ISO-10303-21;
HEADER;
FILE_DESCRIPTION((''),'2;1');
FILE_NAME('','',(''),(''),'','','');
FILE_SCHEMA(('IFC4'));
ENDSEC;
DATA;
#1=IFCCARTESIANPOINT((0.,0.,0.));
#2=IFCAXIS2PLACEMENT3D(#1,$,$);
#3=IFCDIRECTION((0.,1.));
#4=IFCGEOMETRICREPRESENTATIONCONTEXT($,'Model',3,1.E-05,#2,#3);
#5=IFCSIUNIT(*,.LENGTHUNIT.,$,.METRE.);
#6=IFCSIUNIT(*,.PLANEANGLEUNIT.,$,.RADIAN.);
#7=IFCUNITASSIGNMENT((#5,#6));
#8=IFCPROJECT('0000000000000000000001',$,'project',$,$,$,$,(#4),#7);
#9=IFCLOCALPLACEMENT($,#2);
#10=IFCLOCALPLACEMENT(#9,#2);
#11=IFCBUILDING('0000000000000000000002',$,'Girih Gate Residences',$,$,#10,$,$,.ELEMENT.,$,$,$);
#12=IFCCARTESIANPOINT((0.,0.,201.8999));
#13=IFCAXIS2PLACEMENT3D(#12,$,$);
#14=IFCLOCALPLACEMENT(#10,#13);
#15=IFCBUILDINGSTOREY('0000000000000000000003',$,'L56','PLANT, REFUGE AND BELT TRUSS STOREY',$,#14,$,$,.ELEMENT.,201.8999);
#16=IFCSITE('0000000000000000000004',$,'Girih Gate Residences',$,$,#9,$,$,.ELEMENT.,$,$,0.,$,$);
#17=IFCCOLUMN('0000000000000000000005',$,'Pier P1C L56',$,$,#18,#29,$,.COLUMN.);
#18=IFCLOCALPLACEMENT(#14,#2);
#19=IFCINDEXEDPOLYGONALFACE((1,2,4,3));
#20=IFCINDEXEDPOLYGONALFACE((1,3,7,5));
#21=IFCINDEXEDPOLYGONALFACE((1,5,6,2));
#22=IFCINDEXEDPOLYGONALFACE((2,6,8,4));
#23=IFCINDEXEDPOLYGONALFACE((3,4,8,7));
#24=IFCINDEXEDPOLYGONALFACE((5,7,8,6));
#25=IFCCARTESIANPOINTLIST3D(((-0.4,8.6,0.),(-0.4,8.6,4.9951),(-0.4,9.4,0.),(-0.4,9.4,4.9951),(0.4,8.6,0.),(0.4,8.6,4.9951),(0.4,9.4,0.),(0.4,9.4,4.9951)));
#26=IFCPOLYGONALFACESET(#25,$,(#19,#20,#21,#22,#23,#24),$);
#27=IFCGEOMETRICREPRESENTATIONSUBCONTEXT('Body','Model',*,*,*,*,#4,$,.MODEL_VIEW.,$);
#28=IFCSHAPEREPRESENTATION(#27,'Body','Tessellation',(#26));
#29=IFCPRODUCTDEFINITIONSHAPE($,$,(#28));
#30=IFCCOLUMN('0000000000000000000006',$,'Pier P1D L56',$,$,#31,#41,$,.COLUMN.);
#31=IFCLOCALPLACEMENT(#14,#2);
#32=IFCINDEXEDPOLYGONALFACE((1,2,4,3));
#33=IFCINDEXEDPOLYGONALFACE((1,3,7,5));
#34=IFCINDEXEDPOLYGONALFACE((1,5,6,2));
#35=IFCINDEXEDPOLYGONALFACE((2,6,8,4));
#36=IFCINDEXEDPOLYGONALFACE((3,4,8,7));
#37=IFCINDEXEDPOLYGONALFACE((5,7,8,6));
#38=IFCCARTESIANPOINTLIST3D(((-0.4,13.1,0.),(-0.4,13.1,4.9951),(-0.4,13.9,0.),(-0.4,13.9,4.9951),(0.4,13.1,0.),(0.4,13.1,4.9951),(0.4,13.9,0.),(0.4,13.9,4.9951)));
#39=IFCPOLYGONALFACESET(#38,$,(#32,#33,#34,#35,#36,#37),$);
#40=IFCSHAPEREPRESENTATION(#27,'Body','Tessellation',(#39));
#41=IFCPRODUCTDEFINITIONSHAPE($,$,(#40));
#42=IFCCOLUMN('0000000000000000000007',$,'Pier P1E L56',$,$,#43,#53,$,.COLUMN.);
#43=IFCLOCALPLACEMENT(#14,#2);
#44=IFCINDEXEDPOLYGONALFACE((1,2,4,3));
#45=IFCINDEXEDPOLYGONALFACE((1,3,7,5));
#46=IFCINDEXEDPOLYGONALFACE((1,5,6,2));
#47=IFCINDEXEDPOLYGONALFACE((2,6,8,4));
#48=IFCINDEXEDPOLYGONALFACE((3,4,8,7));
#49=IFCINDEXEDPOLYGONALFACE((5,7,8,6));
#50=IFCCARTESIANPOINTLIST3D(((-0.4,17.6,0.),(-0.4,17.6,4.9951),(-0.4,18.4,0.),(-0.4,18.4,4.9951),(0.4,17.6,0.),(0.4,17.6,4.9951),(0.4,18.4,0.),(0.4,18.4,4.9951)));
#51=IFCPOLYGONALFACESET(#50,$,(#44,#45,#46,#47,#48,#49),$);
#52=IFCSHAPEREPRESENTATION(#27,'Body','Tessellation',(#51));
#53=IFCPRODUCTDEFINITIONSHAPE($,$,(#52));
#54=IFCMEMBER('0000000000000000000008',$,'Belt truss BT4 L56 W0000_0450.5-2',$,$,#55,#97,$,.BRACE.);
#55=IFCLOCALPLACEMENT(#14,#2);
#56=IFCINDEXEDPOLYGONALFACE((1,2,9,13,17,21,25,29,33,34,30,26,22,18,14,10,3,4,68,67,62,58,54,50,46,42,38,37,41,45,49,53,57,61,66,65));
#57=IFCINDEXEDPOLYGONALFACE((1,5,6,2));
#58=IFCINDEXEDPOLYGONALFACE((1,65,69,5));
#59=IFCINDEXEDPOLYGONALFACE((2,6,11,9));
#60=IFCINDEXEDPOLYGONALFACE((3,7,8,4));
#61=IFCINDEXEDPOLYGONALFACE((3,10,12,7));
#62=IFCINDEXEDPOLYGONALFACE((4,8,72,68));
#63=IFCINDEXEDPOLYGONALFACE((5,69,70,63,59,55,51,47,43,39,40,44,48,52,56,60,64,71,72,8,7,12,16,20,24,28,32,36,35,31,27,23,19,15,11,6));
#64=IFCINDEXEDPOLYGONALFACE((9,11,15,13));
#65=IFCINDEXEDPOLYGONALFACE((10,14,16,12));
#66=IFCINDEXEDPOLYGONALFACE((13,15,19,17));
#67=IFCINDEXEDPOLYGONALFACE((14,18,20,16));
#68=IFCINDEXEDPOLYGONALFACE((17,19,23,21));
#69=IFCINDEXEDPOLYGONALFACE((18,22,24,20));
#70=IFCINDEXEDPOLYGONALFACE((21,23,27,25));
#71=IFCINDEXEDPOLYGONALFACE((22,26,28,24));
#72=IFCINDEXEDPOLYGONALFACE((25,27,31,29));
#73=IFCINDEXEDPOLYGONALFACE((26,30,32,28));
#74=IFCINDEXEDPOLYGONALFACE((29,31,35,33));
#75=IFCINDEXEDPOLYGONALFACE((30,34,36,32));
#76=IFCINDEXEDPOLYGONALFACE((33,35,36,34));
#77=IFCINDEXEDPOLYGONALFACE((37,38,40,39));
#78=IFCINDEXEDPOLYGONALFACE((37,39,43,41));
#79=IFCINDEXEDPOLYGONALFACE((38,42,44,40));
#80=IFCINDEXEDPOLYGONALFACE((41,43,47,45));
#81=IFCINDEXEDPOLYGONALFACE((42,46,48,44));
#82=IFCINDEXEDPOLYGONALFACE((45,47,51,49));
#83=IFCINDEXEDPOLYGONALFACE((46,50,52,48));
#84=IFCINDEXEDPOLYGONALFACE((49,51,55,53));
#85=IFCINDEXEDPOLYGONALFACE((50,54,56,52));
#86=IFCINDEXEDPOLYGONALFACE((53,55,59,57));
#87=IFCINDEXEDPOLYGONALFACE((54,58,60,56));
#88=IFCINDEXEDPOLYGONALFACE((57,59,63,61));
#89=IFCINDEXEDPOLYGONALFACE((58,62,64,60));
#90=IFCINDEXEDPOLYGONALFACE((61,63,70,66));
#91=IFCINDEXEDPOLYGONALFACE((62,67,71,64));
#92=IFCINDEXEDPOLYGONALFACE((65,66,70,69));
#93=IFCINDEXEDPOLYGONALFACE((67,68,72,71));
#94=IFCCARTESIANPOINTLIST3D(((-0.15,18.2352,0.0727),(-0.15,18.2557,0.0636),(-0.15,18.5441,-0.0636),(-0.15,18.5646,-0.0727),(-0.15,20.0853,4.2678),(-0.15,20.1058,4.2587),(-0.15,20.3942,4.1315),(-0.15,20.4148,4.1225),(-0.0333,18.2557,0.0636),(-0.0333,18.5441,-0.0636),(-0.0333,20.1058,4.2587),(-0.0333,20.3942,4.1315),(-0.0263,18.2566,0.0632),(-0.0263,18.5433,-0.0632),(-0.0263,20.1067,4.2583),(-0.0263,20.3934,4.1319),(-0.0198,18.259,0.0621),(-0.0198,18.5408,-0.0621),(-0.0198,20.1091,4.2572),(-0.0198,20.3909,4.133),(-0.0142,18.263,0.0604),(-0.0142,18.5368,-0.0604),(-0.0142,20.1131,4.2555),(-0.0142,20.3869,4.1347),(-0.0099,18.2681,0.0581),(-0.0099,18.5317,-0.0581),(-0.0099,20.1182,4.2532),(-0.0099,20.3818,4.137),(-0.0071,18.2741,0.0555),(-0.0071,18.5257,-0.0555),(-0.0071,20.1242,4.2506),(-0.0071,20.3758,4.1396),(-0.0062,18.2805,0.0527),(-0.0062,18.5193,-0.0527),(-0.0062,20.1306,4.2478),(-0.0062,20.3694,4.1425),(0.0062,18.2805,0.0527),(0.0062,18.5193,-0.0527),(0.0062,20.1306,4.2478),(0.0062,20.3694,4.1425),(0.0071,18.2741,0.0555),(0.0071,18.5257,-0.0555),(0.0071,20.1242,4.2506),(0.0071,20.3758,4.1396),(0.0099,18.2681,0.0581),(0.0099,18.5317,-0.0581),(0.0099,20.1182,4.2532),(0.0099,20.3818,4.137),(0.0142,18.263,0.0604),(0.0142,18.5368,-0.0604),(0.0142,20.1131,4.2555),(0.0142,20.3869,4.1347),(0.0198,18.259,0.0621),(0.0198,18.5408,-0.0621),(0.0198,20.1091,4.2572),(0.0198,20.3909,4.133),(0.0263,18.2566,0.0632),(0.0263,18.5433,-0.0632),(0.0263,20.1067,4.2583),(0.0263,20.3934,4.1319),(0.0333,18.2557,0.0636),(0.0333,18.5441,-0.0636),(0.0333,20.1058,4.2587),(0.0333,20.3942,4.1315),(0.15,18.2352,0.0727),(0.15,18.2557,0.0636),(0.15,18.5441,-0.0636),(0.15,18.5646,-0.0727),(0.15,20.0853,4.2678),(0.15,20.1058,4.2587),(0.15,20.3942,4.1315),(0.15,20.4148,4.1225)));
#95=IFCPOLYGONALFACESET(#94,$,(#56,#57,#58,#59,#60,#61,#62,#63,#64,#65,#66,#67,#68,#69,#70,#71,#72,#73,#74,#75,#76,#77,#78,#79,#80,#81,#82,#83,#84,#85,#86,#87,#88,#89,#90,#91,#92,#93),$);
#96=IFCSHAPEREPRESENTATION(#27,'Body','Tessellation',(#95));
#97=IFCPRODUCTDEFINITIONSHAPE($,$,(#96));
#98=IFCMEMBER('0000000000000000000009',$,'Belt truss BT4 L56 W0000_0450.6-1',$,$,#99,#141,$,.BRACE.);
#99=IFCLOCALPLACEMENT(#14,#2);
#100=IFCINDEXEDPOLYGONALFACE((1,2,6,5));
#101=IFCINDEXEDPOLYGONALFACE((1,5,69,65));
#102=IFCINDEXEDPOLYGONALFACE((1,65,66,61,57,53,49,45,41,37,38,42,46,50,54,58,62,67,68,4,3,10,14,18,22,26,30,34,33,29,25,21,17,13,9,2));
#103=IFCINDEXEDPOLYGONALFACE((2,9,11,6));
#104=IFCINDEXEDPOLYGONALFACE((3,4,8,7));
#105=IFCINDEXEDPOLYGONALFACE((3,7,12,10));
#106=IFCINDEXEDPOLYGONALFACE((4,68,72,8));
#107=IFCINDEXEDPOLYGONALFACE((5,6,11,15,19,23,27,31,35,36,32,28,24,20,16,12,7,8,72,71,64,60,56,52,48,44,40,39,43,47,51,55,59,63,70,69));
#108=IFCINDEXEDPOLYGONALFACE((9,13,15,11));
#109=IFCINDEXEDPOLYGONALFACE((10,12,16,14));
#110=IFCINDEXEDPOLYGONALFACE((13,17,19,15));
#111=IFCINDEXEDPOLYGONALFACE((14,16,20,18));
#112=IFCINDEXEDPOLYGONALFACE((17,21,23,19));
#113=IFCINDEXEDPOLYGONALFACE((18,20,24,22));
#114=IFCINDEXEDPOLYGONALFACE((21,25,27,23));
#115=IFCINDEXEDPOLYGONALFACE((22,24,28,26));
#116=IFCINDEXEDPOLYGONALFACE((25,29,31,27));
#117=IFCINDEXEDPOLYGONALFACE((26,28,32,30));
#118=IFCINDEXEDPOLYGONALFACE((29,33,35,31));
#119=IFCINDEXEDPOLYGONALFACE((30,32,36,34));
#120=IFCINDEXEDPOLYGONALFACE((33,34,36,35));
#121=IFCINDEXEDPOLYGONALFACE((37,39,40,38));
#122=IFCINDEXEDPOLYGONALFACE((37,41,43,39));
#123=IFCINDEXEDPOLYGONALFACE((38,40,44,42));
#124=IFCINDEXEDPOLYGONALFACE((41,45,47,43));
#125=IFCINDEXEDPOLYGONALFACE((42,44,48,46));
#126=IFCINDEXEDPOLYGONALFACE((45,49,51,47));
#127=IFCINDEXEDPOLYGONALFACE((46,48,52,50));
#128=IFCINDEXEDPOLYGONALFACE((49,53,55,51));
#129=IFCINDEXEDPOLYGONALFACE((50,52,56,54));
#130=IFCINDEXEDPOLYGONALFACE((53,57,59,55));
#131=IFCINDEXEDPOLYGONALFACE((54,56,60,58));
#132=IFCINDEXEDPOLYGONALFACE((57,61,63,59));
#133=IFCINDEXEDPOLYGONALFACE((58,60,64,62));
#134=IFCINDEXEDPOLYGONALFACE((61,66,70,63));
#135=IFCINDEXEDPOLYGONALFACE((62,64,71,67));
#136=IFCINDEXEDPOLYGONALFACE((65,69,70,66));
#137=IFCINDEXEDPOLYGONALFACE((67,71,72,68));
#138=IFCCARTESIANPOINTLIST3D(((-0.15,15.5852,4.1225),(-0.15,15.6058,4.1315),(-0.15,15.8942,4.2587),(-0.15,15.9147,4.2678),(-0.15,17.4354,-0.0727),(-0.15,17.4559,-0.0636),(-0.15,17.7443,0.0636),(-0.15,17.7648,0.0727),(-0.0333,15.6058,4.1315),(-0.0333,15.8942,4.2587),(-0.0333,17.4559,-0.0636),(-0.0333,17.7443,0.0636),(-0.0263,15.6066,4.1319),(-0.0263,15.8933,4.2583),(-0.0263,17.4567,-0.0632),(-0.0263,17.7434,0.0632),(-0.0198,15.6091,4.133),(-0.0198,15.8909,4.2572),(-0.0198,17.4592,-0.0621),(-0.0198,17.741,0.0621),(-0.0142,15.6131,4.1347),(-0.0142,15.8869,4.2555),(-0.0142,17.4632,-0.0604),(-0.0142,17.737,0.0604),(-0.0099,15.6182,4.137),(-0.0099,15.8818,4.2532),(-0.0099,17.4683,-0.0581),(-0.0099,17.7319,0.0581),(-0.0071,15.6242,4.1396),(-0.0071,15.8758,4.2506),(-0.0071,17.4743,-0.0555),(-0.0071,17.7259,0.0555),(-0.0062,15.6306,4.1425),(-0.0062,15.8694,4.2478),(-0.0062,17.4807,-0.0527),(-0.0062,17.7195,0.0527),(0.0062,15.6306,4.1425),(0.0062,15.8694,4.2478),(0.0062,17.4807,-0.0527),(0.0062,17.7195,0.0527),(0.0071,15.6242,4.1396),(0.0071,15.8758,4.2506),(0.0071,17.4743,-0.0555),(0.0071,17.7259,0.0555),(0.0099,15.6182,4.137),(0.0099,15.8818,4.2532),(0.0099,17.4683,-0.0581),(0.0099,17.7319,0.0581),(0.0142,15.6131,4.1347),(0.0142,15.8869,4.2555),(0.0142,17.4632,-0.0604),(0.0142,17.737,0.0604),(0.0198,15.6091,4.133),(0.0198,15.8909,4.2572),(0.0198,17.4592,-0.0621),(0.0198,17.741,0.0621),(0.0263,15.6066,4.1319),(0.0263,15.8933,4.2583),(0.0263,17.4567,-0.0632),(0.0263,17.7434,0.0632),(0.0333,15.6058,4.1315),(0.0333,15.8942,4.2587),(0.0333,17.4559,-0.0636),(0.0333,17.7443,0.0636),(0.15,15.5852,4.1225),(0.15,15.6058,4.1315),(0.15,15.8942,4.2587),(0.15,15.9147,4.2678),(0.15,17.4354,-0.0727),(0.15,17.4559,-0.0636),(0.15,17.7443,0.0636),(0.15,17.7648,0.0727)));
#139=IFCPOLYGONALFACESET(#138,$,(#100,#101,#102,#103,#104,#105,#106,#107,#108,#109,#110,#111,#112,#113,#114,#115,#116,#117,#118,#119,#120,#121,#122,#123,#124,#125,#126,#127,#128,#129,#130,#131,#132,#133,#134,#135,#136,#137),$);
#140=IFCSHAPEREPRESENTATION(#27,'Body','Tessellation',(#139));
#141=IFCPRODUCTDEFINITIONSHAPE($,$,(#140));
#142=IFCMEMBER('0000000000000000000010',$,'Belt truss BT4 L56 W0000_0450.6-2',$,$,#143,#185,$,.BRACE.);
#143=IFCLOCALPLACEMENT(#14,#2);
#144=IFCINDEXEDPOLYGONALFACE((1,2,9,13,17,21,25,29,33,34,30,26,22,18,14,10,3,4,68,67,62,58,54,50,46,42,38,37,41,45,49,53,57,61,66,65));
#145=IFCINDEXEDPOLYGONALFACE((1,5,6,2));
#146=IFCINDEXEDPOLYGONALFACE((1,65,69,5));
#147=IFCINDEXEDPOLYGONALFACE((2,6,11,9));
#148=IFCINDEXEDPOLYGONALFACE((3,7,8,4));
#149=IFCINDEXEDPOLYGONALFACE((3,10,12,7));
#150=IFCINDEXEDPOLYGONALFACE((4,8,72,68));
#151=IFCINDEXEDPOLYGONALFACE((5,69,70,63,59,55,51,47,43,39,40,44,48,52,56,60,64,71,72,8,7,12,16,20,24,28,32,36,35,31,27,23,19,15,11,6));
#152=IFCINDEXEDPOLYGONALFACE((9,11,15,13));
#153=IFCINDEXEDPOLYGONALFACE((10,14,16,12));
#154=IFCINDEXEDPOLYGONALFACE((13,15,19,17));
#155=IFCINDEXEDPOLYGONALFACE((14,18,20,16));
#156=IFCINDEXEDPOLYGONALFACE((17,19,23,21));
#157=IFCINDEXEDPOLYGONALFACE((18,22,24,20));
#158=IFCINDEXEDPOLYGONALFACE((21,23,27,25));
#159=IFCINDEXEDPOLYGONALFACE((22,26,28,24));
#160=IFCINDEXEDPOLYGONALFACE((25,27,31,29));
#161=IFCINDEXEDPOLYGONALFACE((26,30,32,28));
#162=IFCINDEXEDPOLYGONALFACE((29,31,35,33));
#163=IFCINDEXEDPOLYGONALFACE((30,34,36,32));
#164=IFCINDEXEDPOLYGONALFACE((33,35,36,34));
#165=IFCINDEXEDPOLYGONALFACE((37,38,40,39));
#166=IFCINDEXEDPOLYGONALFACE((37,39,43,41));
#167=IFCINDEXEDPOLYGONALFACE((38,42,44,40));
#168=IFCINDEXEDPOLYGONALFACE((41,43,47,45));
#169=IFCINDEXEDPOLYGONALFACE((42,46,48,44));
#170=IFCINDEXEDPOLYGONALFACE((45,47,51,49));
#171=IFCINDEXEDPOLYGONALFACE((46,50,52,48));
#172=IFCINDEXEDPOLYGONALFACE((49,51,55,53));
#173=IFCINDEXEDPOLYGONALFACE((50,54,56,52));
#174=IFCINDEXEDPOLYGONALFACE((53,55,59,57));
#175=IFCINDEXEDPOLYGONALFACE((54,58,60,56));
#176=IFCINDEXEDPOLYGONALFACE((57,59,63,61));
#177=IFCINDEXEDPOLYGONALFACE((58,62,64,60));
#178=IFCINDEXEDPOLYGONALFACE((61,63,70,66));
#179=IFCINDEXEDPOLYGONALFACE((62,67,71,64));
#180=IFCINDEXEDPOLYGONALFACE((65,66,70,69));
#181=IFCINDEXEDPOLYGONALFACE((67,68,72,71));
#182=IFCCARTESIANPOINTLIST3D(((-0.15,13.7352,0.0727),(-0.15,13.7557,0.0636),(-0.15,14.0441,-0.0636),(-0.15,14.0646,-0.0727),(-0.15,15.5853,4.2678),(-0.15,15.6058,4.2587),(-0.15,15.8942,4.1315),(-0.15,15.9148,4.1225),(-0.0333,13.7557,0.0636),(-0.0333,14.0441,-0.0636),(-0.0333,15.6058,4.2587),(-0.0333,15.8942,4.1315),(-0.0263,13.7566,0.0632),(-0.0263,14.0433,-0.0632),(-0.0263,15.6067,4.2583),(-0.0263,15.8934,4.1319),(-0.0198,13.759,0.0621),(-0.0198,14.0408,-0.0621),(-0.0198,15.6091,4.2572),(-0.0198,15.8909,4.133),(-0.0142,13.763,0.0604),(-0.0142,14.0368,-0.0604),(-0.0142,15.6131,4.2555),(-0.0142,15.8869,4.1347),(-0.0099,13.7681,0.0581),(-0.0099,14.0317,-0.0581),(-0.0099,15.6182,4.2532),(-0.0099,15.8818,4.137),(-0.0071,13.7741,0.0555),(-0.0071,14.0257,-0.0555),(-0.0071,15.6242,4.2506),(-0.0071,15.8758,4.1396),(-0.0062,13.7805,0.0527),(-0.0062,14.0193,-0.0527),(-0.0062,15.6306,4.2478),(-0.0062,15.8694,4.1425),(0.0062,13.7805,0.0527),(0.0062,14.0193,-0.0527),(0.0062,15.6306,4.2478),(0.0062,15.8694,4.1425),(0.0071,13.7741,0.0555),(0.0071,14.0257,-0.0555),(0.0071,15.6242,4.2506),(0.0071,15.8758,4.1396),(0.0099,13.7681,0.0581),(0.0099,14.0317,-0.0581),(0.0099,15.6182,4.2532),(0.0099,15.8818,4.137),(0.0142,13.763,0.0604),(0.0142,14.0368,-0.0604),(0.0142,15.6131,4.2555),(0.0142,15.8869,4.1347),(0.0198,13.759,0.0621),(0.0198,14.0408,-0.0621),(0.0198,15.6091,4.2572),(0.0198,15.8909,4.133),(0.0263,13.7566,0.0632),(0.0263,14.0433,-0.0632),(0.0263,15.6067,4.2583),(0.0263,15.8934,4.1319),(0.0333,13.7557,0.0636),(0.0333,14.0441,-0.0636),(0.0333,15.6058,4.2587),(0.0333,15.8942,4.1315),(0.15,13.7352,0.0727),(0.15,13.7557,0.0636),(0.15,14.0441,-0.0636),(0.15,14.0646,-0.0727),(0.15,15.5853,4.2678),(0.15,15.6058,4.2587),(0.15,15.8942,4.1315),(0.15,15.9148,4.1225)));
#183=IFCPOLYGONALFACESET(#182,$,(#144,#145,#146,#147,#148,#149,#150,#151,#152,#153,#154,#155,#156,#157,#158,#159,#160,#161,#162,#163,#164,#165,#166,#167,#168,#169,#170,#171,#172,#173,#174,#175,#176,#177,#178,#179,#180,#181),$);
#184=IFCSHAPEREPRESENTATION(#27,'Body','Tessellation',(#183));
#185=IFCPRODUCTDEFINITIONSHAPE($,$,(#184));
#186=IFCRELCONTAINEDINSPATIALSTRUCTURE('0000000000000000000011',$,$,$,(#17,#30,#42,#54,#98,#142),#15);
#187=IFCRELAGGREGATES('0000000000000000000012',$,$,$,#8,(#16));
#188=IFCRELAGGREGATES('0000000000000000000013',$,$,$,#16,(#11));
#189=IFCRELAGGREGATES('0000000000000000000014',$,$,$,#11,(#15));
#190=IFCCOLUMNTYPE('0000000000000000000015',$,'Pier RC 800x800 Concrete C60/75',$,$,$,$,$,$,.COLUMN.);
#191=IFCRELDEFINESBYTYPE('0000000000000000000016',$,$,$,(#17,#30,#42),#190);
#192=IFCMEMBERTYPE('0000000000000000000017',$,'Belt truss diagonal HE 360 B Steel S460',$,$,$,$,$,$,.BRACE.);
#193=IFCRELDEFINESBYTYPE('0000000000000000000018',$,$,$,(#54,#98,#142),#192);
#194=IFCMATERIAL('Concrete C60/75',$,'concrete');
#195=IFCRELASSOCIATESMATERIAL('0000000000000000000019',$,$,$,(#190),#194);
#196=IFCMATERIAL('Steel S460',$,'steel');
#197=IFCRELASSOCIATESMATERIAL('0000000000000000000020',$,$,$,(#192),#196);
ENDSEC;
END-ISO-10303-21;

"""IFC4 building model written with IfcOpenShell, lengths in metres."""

from ifc_helpers import new_model, si_unit, direction, frame, origin, origin_2d, place, context, subcontext, project, spatial, rectangle, i_section, extrude, material, material_profile, profile_set, type_object, element, save


model = new_model("IFC4")

# Units and contexts
model_context = context("Model", 3, precision=1e-05, world=origin(), true_north=direction((0.0, 1.0)))
body_context = subcontext(model_context, "Body", "Model", "MODEL_VIEW")
ifc_project = project(units=[si_unit("LENGTHUNIT", "METRE"), si_unit("PLANEANGLEUNIT", "RADIAN")], contexts=[model_context])

# Site, building, storey
site_placement = place(None, origin())
site = spatial("IfcSite", under=ifc_project, at=site_placement, Name="Girih Gate Residences", CompositionType="ELEMENT", RefElevation=0.0)
building_placement = place(site_placement, origin())
building = spatial("IfcBuilding", under=site, at=building_placement, Name="Girih Gate Residences", CompositionType="ELEMENT")
storey_placement = place(building_placement, frame((0.0, 0.0, 201.8999)))
storey = spatial("IfcBuildingStorey", under=building, at=storey_placement, Name="L56", Description="PLANT, REFUGE AND BELT TRUSS STOREY", CompositionType="ELEMENT", Elevation=201.8999)

# Columns
ifc_material_1 = material(Name="Concrete C60/75", Category="concrete")
ifc_material_profile_1 = material_profile(ifc_material_1, rectangle(XDim=0.8, YDim=0.8, at=origin_2d()))
ifc_profile_set_1 = profile_set([ifc_material_profile_1], Name="Concrete C60/75")
column_type = type_object("IfcColumnType", Name="Pier RC 800x800 Concrete C60/75", PredefinedType="COLUMN", material=ifc_profile_set_1)
for number, where, z_axis, x_axis, name in (
    (1, (0.0, 9.0, 0.0), (0.0, 0.0, 1.0), (1.0, 0.0, 0.0), "Pier P1C L56"),
    (2, (0.0, 13.5, 0.0), (0.0, 0.0, 1.0), (1.0, 0.0, 0.0), "Pier P1D L56"),
    (3, (0.0, 18.0, 0.0), (0.0, 0.0, 1.0), (1.0, 0.0, 0.0), "Pier P1E L56"),
):
    element("IfcColumn", number, at=place(storey_placement, frame(where, z_axis=z_axis, x_axis=x_axis)), inside=storey, type_object=column_type, Name=name, PredefinedType="COLUMN", context=body_context, shape_type="SweptSolid", body=[
        extrude(rectangle(XDim=0.8, YDim=0.8, at=origin_2d()), origin(), (0.0, 0.0, 1.0), 4.9951),
    ])

# Members
ifc_material_2 = material(Name="Steel S460", Category="steel")
ifc_material_profile_2 = material_profile(ifc_material_2, i_section(OverallWidth=0.3, OverallDepth=0.3601, WebThickness=0.0125, FlangeThickness=0.0225, FilletRadius=0.0271, at=origin_2d()))
ifc_profile_set_2 = profile_set([ifc_material_profile_2], Name="Steel S460")
member_type = type_object("IfcMemberType", Name="Belt truss diagonal HE 360 B Steel S460", PredefinedType="BRACE", material=ifc_profile_set_2)
for number, where, z_axis, x_axis, name in (
    (4, (0.0, 18.3999, 0.0), (0.0, 0.403518, 0.914972), (-1.0, 0.0, 0.0), "Belt truss BT4 L56 W0000_0450.5-2"),
    (5, (0.0, 17.6001, 0.0), (0.0, -0.403518, 0.914972), (1.0, 0.0, 0.0), "Belt truss BT4 L56 W0000_0450.6-1"),
    (6, (0.0, 13.8999, 0.0), (0.0, 0.403518, 0.914972), (-1.0, 0.0, 0.0), "Belt truss BT4 L56 W0000_0450.6-2"),
):
    element("IfcMember", number, at=place(storey_placement, frame(where, z_axis=z_axis, x_axis=x_axis)), inside=storey, type_object=member_type, Name=name, PredefinedType="BRACE", context=body_context, shape_type="SweptSolid", body=[
        extrude(i_section(OverallWidth=0.3, OverallDepth=0.3601, WebThickness=0.0125, FlangeThickness=0.0225, FilletRadius=0.0271, at=origin_2d()), origin(), (0.0, 0.0, 1.0), 4.585),
    ])

save(model, "model.ifc")
